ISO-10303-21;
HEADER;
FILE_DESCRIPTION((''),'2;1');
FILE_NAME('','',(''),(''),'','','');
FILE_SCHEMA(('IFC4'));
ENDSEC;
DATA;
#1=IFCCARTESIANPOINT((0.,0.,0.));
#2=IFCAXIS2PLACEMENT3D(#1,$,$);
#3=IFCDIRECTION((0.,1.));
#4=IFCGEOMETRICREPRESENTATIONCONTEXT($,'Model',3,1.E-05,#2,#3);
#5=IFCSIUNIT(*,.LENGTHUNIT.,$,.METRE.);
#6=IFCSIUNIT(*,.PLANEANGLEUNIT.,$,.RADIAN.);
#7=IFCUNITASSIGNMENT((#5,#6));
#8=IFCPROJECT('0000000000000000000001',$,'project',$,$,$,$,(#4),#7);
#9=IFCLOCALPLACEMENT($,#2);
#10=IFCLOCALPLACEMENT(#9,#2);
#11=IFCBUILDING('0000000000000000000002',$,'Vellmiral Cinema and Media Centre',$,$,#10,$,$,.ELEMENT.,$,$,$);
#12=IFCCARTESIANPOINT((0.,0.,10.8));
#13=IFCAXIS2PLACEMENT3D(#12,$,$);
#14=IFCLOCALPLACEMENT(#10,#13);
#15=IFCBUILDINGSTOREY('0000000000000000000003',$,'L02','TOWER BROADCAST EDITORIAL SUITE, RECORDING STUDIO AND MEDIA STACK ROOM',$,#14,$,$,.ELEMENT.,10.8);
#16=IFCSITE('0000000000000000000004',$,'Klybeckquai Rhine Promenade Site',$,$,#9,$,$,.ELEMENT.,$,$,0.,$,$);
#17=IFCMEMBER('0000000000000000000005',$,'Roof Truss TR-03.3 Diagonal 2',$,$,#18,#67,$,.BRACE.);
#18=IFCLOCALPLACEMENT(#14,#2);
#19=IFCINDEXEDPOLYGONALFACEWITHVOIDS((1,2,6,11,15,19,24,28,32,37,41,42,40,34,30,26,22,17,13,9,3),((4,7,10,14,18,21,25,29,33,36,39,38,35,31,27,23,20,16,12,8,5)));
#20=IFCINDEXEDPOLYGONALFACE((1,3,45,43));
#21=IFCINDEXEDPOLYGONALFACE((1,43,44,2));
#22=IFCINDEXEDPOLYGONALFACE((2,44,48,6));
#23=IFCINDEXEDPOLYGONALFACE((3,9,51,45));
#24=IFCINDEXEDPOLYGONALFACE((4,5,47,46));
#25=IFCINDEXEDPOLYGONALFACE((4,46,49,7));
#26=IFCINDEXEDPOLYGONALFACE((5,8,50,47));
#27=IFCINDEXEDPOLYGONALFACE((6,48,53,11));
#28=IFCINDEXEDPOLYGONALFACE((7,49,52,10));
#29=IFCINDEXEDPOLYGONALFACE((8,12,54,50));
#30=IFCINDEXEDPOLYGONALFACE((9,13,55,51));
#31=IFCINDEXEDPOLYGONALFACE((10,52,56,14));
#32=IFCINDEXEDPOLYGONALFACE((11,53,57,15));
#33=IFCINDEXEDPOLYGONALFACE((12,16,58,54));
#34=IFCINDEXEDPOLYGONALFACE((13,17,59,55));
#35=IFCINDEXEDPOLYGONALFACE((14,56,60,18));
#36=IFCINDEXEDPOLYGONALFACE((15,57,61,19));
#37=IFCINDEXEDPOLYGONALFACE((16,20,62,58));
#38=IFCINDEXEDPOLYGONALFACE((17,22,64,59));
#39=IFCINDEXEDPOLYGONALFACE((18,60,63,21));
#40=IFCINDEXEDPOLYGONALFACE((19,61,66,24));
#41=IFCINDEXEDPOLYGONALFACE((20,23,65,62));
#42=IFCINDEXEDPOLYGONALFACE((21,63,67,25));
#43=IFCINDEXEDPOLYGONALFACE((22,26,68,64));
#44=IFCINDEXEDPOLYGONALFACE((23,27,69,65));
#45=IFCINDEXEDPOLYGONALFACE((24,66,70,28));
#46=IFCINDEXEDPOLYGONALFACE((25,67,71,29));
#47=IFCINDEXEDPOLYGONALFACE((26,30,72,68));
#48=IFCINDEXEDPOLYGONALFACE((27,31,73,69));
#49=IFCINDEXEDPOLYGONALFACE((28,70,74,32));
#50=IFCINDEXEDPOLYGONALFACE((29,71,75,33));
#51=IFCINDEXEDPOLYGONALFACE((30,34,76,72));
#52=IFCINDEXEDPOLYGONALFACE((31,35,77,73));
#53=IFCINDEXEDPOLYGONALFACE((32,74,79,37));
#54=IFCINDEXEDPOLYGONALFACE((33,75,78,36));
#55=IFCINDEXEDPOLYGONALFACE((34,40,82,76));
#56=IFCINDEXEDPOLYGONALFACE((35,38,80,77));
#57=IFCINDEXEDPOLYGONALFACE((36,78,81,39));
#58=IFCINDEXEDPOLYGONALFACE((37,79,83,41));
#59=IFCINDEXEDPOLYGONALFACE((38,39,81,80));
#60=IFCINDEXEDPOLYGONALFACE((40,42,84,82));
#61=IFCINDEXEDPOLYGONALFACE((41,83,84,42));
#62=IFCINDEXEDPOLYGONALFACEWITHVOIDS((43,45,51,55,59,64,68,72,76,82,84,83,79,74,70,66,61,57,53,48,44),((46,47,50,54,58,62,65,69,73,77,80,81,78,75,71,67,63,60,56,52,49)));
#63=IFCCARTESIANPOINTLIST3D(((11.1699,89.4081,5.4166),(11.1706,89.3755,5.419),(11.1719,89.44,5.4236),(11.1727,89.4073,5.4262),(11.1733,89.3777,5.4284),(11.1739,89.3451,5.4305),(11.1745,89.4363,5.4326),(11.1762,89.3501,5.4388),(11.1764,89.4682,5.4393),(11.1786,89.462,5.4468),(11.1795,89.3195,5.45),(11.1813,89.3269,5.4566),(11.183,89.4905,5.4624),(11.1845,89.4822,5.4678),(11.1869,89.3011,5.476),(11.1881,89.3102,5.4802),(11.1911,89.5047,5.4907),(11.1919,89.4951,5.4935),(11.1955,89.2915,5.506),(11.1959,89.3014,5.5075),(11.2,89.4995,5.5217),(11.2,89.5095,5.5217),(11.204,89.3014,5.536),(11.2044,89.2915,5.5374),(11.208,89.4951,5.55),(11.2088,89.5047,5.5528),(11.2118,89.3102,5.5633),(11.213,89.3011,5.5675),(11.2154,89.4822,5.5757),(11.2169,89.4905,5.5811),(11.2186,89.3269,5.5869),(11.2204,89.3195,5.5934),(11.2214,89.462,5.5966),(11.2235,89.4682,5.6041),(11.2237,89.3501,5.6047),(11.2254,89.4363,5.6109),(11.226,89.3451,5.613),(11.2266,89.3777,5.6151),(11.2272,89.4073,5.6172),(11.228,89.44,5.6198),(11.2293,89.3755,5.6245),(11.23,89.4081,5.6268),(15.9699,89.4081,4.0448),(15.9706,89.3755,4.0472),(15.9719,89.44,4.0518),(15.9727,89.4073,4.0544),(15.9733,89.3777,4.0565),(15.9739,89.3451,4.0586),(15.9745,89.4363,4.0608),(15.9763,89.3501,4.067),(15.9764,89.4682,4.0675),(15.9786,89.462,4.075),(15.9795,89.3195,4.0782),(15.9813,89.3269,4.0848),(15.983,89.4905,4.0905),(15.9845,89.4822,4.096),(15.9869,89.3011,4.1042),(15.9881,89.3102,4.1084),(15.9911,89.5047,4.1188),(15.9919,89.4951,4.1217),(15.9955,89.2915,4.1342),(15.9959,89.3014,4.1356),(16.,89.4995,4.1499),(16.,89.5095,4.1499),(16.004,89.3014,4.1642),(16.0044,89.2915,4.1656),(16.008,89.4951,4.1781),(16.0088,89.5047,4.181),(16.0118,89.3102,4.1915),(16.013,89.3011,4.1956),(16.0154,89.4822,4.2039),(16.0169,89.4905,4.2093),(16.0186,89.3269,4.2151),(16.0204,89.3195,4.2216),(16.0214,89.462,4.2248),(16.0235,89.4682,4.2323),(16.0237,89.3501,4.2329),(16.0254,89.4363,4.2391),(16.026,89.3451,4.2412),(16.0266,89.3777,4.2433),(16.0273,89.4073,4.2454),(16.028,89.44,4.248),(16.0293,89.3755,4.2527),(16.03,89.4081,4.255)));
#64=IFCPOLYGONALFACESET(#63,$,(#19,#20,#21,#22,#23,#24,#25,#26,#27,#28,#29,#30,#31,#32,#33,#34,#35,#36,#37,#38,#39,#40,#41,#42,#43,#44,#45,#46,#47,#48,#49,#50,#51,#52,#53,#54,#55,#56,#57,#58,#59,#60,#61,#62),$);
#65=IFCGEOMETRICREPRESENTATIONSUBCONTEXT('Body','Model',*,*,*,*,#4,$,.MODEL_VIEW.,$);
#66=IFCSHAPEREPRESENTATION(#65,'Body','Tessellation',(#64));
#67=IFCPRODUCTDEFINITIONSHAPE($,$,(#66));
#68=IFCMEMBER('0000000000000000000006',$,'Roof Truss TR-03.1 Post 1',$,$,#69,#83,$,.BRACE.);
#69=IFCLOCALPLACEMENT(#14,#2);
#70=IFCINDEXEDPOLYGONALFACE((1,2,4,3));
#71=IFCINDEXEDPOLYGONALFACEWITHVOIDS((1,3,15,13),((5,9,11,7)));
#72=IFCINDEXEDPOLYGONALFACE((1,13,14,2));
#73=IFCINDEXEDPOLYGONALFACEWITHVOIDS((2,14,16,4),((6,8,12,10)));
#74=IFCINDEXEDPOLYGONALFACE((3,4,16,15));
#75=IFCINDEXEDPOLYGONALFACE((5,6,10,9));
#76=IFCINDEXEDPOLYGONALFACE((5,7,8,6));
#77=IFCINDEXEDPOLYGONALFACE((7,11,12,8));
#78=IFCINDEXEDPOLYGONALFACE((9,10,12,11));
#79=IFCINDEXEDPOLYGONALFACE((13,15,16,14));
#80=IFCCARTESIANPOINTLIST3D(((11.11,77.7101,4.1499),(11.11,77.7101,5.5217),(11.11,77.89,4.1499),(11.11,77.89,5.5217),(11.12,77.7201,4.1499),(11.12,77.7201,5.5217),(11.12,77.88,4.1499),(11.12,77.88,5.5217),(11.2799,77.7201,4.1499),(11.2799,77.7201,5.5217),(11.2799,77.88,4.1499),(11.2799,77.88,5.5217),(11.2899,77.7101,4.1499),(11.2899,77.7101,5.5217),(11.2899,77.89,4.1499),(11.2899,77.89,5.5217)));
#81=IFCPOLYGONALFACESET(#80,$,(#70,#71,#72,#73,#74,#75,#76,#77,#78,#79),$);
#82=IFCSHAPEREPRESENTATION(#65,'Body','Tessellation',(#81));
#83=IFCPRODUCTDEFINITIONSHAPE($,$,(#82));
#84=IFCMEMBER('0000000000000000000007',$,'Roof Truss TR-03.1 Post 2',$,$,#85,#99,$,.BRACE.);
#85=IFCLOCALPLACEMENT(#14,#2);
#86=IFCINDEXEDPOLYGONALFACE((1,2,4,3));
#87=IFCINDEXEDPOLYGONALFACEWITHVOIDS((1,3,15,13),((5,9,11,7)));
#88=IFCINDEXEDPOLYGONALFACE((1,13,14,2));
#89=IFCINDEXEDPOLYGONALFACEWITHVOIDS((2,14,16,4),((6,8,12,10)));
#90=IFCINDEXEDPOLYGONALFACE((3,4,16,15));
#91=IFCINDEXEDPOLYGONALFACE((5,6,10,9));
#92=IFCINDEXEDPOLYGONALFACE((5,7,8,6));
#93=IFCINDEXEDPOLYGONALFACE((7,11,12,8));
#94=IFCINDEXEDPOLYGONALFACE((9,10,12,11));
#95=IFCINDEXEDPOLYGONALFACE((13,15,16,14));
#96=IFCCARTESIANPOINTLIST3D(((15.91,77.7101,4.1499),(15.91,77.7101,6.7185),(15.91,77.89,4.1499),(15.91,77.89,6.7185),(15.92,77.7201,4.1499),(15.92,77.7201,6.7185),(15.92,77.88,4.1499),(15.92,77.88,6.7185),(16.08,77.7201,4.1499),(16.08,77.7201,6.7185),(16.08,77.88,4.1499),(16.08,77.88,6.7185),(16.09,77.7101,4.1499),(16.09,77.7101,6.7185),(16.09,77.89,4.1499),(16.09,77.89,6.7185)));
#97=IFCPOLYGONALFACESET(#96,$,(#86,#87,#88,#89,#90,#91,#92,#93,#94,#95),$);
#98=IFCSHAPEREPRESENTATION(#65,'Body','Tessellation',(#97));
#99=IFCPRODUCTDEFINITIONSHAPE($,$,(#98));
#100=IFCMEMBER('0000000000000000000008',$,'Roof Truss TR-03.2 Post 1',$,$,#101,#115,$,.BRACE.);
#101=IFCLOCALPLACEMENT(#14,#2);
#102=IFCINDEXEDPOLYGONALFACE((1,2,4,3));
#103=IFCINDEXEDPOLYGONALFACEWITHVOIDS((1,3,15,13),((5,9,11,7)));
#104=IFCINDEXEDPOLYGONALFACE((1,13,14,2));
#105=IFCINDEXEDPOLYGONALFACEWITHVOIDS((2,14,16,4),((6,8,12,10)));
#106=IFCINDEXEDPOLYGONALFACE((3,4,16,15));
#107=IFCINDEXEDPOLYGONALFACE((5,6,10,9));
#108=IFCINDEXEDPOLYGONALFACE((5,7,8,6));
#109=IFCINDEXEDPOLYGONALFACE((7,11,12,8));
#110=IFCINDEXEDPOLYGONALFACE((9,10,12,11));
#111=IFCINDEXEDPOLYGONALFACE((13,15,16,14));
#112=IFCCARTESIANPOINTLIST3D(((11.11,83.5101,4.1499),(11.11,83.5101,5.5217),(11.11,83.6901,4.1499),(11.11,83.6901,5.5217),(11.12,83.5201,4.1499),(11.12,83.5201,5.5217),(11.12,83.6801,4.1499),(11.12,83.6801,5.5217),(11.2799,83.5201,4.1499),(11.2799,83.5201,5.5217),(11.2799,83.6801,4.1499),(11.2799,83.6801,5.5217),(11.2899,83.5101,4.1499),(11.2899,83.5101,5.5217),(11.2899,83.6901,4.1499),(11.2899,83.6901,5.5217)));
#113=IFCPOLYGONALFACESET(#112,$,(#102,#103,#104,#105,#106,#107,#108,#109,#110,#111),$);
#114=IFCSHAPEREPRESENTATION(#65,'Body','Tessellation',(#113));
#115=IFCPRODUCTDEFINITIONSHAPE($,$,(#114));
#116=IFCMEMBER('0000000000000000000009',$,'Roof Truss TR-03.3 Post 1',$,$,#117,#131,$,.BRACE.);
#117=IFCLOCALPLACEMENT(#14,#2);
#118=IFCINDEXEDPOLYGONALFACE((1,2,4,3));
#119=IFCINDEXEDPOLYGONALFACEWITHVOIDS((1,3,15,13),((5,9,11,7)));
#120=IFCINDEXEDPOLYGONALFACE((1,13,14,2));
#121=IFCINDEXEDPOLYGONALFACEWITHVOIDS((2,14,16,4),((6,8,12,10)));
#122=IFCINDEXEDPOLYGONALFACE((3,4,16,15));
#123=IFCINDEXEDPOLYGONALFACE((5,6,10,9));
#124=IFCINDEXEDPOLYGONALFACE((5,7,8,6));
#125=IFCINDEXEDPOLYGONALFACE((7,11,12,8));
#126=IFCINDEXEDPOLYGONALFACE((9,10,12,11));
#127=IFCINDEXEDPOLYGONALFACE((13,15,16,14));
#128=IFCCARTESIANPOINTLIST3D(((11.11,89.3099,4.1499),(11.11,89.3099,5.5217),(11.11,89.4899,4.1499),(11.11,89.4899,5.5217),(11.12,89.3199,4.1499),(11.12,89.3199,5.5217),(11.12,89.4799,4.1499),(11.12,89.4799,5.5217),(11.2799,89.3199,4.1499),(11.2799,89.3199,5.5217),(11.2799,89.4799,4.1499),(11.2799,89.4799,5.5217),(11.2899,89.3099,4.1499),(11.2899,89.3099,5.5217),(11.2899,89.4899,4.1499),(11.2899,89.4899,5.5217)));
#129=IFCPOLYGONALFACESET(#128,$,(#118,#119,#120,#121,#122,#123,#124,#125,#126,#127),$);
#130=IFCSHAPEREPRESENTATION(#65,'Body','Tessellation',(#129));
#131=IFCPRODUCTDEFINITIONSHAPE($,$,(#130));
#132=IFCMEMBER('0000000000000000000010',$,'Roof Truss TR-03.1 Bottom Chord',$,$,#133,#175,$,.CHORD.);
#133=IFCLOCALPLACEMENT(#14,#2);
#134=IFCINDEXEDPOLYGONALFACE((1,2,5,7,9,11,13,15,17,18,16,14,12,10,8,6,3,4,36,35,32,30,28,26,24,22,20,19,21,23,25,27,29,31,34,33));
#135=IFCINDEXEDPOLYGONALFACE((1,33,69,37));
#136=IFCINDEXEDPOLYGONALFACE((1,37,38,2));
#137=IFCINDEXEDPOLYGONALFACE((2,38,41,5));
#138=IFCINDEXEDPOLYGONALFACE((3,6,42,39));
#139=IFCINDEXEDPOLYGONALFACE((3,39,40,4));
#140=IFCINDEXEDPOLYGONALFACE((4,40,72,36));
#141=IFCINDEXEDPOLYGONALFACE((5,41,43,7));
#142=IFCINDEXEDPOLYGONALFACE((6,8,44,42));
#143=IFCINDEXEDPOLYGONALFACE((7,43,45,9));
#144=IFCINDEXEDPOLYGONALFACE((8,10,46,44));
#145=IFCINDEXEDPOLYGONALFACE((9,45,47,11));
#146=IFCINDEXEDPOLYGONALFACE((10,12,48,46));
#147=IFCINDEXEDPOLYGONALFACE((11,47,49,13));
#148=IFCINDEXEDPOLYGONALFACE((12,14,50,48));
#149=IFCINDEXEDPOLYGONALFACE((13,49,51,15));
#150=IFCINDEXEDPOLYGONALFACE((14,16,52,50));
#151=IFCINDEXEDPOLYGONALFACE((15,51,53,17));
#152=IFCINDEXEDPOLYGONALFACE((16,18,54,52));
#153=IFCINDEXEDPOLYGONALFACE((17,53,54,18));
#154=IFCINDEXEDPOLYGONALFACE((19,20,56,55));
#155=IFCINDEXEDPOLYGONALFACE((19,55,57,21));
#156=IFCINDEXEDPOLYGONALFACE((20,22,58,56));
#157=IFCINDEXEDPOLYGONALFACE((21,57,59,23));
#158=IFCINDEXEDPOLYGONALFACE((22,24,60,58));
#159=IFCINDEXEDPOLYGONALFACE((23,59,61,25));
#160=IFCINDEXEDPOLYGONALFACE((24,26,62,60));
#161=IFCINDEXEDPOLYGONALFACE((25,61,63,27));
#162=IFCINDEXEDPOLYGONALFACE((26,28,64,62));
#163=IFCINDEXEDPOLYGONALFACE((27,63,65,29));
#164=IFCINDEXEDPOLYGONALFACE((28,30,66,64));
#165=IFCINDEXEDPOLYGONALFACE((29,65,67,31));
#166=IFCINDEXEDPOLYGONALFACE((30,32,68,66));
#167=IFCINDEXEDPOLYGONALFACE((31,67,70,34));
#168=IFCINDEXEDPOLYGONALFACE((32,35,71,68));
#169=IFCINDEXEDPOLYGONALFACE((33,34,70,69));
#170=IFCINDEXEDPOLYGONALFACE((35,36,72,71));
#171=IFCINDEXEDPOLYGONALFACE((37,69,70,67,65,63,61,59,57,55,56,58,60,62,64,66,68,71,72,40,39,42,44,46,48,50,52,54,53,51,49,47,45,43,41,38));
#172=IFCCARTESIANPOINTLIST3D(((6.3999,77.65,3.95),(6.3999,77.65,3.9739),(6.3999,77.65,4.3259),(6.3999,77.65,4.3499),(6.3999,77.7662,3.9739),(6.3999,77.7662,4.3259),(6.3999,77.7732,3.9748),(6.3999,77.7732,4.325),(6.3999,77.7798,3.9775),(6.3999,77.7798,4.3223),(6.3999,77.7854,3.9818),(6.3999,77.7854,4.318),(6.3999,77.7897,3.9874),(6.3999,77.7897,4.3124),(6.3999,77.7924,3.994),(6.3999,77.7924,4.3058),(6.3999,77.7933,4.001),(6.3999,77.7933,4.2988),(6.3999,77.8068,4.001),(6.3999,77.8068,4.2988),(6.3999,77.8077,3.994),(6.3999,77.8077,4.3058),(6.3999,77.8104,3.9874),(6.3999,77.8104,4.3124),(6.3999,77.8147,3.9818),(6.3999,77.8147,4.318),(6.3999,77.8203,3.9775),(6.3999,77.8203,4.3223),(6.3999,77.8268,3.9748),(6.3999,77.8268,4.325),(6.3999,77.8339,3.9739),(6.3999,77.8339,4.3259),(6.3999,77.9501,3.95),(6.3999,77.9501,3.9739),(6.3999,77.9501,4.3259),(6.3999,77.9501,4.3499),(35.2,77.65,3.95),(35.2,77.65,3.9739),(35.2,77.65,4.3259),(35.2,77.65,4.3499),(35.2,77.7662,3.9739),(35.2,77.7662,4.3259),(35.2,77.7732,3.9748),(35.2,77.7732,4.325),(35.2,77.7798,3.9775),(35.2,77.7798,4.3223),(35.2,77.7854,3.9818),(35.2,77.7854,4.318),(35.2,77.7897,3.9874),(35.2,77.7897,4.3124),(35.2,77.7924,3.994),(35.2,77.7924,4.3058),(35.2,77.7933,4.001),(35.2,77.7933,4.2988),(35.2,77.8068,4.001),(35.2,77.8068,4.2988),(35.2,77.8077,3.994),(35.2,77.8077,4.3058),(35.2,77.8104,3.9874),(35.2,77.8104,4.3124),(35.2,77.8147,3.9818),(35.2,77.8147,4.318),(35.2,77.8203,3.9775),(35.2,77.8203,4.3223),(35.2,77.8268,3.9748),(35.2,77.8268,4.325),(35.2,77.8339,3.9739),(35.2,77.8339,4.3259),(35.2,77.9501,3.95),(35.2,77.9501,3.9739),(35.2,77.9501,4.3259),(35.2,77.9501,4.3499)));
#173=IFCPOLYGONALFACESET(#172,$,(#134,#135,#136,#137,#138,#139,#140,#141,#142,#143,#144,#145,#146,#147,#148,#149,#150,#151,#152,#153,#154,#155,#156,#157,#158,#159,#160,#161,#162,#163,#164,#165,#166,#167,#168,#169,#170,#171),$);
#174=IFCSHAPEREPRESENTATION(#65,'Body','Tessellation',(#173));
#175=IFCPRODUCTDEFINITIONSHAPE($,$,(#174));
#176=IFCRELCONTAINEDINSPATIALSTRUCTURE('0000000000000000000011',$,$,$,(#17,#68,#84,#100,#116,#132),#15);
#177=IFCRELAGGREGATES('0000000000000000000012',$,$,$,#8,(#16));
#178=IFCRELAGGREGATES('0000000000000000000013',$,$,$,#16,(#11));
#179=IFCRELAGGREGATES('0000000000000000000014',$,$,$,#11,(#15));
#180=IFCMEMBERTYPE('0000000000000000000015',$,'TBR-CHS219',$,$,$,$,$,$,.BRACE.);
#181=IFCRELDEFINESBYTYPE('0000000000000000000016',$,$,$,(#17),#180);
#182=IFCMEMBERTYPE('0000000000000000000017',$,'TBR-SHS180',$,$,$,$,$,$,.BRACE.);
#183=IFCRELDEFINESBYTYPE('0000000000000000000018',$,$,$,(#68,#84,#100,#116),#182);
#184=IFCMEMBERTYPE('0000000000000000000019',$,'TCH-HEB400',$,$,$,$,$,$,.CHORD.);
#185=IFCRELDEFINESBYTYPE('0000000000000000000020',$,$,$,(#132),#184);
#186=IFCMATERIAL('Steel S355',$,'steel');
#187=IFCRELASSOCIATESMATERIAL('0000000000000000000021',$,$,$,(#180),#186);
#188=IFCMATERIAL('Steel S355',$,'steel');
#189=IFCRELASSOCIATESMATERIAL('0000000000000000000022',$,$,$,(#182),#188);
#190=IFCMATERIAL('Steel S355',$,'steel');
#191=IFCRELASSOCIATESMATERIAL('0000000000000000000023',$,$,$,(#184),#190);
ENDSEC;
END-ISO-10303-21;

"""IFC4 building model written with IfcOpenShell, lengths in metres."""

from ifc_helpers import new_model, si_unit, direction, frame, origin, origin_2d, place, context, subcontext, project, spatial, hollow_rectangle, hollow_circle, i_section, extrude, material, material_profile, profile_set, type_object, element, save


model = new_model("IFC4")

# Units and contexts
model_context = context("Model", 3, precision=1e-05, world=origin(), true_north=direction((0.0, 1.0)))
body_context = subcontext(model_context, "Body", "Model", "MODEL_VIEW")
ifc_project = project(units=[si_unit("LENGTHUNIT", "METRE"), si_unit("PLANEANGLEUNIT", "RADIAN")], contexts=[model_context])

# Site, building, storey
site_placement = place(None, origin())
site = spatial("IfcSite", under=ifc_project, at=site_placement, Name="Klybeckquai Rhine Promenade Site", CompositionType="ELEMENT", RefElevation=0.0)
building_placement = place(site_placement, origin())
building = spatial("IfcBuilding", under=site, at=building_placement, Name="Vellmiral Cinema and Media Centre", CompositionType="ELEMENT")
storey_placement = place(building_placement, frame((0.0, 0.0, 10.8)))
storey = spatial("IfcBuildingStorey", under=building, at=storey_placement, Name="L02", Description="TOWER BROADCAST EDITORIAL SUITE, RECORDING STUDIO AND MEDIA STACK ROOM", CompositionType="ELEMENT", Elevation=10.8)

# Members
ifc_material_1 = material(Name="Steel S355", Category="steel")
ifc_material_profile_1 = material_profile(ifc_material_1, hollow_circle(Radius=0.1096, WallThickness=0.01, at=origin_2d()), Name="CHS 219.1x10.0")
ifc_profile_set_1 = profile_set([ifc_material_profile_1], Name="Steel S355")
member_type_1 = type_object("IfcMemberType", Name="TBR-CHS219", PredefinedType="BRACE", material=ifc_profile_set_1)
member_1_placement = place(storey_placement, frame((11.2, 89.3999, 5.5217), z_axis=(0.961504, 0.0, -0.274792), x_axis=(0.0, 1.0, 0.0)))
element("IfcMember", 1, at=member_1_placement, inside=storey, type_object=member_type_1, Name="Roof Truss TR-03.3 Diagonal 2", PredefinedType="BRACE", context=body_context, shape_type="SweptSolid", body=[
    extrude(hollow_circle(Radius=0.1096, WallThickness=0.01, at=origin_2d()), origin(), (0.0, 0.0, 1.0), 4.9922),
])
ifc_material_2 = material(Name="Steel S355", Category="steel")
ifc_material_profile_2 = material_profile(ifc_material_2, hollow_rectangle(XDim=0.1799, YDim=0.1799, WallThickness=0.01, at=origin_2d()), Name="SHS 180x180x10.0")
ifc_profile_set_2 = profile_set([ifc_material_profile_2], Name="Steel S355")
member_type_2 = type_object("IfcMemberType", Name="TBR-SHS180", PredefinedType="BRACE", material=ifc_profile_set_2)
member_2_placement = place(storey_placement, frame((11.2, 77.8, 4.1499), z_axis=(0.0, 0.0, 1.0), x_axis=(1.0, 0.0, 0.0)))
element("IfcMember", 2, at=member_2_placement, inside=storey, type_object=member_type_2, Name="Roof Truss TR-03.1 Post 1", PredefinedType="BRACE", context=body_context, shape_type="SweptSolid", body=[
    extrude(hollow_rectangle(XDim=0.1799, YDim=0.1799, WallThickness=0.01, at=origin_2d()), origin(), (0.0, 0.0, 1.0), 1.3718),
])
member_3_placement = place(storey_placement, frame((16.0, 77.8, 4.1499), z_axis=(0.0, 0.0, 1.0), x_axis=(1.0, 0.0, 0.0)))
element("IfcMember", 3, at=member_3_placement, inside=storey, type_object=member_type_2, Name="Roof Truss TR-03.1 Post 2", PredefinedType="BRACE", context=body_context, shape_type="SweptSolid", body=[
    extrude(hollow_rectangle(XDim=0.1799, YDim=0.1799, WallThickness=0.01, at=origin_2d()), origin(), (0.0, 0.0, 1.0), 2.5686),
])
for number, where, z_axis, x_axis, name in (
    (4, (11.2, 83.6001, 4.1499), (0.0, 0.0, 1.0), (1.0, 0.0, 0.0), "Roof Truss TR-03.2 Post 1"),
    (5, (11.2, 89.3999, 4.1499), (0.0, 0.0, 1.0), (1.0, 0.0, 0.0), "Roof Truss TR-03.3 Post 1"),
):
    element("IfcMember", number, at=place(storey_placement, frame(where, z_axis=z_axis, x_axis=x_axis)), inside=storey, type_object=member_type_2, Name=name, PredefinedType="BRACE", context=body_context, shape_type="SweptSolid", body=[
        extrude(hollow_rectangle(XDim=0.1799, YDim=0.1799, WallThickness=0.01, at=origin_2d()), origin(), (0.0, 0.0, 1.0), 1.3718),
    ])
ifc_material_3 = material(Name="Steel S355", Category="steel")
ifc_material_profile_3 = material_profile(ifc_material_3, i_section(OverallWidth=0.3, OverallDepth=0.3999, WebThickness=0.0134, FlangeThickness=0.0239, FilletRadius=0.0271, at=origin_2d()), Name="HEB 400")
ifc_profile_set_3 = profile_set([ifc_material_profile_3], Name="Steel S355")
member_type_3 = type_object("IfcMemberType", Name="TCH-HEB400", PredefinedType="CHORD", material=ifc_profile_set_3)
for number, where, z_axis, x_axis, name in (
    (6, (6.3999, 77.8, 4.1499), (1.0, 0.0, 0.0), (0.0, 1.0, 0.0), "Roof Truss TR-03.1 Bottom Chord"),
):
    element("IfcMember", number, at=place(storey_placement, frame(where, z_axis=z_axis, x_axis=x_axis)), inside=storey, type_object=member_type_3, Name=name, PredefinedType="CHORD", context=body_context, shape_type="SweptSolid", body=[
        extrude(i_section(OverallWidth=0.3, OverallDepth=0.3999, WebThickness=0.0134, FlangeThickness=0.0239, FilletRadius=0.0271, at=origin_2d()), origin(), (0.0, 0.0, 1.0), 28.8),
    ])

save(model, "model.ifc")
